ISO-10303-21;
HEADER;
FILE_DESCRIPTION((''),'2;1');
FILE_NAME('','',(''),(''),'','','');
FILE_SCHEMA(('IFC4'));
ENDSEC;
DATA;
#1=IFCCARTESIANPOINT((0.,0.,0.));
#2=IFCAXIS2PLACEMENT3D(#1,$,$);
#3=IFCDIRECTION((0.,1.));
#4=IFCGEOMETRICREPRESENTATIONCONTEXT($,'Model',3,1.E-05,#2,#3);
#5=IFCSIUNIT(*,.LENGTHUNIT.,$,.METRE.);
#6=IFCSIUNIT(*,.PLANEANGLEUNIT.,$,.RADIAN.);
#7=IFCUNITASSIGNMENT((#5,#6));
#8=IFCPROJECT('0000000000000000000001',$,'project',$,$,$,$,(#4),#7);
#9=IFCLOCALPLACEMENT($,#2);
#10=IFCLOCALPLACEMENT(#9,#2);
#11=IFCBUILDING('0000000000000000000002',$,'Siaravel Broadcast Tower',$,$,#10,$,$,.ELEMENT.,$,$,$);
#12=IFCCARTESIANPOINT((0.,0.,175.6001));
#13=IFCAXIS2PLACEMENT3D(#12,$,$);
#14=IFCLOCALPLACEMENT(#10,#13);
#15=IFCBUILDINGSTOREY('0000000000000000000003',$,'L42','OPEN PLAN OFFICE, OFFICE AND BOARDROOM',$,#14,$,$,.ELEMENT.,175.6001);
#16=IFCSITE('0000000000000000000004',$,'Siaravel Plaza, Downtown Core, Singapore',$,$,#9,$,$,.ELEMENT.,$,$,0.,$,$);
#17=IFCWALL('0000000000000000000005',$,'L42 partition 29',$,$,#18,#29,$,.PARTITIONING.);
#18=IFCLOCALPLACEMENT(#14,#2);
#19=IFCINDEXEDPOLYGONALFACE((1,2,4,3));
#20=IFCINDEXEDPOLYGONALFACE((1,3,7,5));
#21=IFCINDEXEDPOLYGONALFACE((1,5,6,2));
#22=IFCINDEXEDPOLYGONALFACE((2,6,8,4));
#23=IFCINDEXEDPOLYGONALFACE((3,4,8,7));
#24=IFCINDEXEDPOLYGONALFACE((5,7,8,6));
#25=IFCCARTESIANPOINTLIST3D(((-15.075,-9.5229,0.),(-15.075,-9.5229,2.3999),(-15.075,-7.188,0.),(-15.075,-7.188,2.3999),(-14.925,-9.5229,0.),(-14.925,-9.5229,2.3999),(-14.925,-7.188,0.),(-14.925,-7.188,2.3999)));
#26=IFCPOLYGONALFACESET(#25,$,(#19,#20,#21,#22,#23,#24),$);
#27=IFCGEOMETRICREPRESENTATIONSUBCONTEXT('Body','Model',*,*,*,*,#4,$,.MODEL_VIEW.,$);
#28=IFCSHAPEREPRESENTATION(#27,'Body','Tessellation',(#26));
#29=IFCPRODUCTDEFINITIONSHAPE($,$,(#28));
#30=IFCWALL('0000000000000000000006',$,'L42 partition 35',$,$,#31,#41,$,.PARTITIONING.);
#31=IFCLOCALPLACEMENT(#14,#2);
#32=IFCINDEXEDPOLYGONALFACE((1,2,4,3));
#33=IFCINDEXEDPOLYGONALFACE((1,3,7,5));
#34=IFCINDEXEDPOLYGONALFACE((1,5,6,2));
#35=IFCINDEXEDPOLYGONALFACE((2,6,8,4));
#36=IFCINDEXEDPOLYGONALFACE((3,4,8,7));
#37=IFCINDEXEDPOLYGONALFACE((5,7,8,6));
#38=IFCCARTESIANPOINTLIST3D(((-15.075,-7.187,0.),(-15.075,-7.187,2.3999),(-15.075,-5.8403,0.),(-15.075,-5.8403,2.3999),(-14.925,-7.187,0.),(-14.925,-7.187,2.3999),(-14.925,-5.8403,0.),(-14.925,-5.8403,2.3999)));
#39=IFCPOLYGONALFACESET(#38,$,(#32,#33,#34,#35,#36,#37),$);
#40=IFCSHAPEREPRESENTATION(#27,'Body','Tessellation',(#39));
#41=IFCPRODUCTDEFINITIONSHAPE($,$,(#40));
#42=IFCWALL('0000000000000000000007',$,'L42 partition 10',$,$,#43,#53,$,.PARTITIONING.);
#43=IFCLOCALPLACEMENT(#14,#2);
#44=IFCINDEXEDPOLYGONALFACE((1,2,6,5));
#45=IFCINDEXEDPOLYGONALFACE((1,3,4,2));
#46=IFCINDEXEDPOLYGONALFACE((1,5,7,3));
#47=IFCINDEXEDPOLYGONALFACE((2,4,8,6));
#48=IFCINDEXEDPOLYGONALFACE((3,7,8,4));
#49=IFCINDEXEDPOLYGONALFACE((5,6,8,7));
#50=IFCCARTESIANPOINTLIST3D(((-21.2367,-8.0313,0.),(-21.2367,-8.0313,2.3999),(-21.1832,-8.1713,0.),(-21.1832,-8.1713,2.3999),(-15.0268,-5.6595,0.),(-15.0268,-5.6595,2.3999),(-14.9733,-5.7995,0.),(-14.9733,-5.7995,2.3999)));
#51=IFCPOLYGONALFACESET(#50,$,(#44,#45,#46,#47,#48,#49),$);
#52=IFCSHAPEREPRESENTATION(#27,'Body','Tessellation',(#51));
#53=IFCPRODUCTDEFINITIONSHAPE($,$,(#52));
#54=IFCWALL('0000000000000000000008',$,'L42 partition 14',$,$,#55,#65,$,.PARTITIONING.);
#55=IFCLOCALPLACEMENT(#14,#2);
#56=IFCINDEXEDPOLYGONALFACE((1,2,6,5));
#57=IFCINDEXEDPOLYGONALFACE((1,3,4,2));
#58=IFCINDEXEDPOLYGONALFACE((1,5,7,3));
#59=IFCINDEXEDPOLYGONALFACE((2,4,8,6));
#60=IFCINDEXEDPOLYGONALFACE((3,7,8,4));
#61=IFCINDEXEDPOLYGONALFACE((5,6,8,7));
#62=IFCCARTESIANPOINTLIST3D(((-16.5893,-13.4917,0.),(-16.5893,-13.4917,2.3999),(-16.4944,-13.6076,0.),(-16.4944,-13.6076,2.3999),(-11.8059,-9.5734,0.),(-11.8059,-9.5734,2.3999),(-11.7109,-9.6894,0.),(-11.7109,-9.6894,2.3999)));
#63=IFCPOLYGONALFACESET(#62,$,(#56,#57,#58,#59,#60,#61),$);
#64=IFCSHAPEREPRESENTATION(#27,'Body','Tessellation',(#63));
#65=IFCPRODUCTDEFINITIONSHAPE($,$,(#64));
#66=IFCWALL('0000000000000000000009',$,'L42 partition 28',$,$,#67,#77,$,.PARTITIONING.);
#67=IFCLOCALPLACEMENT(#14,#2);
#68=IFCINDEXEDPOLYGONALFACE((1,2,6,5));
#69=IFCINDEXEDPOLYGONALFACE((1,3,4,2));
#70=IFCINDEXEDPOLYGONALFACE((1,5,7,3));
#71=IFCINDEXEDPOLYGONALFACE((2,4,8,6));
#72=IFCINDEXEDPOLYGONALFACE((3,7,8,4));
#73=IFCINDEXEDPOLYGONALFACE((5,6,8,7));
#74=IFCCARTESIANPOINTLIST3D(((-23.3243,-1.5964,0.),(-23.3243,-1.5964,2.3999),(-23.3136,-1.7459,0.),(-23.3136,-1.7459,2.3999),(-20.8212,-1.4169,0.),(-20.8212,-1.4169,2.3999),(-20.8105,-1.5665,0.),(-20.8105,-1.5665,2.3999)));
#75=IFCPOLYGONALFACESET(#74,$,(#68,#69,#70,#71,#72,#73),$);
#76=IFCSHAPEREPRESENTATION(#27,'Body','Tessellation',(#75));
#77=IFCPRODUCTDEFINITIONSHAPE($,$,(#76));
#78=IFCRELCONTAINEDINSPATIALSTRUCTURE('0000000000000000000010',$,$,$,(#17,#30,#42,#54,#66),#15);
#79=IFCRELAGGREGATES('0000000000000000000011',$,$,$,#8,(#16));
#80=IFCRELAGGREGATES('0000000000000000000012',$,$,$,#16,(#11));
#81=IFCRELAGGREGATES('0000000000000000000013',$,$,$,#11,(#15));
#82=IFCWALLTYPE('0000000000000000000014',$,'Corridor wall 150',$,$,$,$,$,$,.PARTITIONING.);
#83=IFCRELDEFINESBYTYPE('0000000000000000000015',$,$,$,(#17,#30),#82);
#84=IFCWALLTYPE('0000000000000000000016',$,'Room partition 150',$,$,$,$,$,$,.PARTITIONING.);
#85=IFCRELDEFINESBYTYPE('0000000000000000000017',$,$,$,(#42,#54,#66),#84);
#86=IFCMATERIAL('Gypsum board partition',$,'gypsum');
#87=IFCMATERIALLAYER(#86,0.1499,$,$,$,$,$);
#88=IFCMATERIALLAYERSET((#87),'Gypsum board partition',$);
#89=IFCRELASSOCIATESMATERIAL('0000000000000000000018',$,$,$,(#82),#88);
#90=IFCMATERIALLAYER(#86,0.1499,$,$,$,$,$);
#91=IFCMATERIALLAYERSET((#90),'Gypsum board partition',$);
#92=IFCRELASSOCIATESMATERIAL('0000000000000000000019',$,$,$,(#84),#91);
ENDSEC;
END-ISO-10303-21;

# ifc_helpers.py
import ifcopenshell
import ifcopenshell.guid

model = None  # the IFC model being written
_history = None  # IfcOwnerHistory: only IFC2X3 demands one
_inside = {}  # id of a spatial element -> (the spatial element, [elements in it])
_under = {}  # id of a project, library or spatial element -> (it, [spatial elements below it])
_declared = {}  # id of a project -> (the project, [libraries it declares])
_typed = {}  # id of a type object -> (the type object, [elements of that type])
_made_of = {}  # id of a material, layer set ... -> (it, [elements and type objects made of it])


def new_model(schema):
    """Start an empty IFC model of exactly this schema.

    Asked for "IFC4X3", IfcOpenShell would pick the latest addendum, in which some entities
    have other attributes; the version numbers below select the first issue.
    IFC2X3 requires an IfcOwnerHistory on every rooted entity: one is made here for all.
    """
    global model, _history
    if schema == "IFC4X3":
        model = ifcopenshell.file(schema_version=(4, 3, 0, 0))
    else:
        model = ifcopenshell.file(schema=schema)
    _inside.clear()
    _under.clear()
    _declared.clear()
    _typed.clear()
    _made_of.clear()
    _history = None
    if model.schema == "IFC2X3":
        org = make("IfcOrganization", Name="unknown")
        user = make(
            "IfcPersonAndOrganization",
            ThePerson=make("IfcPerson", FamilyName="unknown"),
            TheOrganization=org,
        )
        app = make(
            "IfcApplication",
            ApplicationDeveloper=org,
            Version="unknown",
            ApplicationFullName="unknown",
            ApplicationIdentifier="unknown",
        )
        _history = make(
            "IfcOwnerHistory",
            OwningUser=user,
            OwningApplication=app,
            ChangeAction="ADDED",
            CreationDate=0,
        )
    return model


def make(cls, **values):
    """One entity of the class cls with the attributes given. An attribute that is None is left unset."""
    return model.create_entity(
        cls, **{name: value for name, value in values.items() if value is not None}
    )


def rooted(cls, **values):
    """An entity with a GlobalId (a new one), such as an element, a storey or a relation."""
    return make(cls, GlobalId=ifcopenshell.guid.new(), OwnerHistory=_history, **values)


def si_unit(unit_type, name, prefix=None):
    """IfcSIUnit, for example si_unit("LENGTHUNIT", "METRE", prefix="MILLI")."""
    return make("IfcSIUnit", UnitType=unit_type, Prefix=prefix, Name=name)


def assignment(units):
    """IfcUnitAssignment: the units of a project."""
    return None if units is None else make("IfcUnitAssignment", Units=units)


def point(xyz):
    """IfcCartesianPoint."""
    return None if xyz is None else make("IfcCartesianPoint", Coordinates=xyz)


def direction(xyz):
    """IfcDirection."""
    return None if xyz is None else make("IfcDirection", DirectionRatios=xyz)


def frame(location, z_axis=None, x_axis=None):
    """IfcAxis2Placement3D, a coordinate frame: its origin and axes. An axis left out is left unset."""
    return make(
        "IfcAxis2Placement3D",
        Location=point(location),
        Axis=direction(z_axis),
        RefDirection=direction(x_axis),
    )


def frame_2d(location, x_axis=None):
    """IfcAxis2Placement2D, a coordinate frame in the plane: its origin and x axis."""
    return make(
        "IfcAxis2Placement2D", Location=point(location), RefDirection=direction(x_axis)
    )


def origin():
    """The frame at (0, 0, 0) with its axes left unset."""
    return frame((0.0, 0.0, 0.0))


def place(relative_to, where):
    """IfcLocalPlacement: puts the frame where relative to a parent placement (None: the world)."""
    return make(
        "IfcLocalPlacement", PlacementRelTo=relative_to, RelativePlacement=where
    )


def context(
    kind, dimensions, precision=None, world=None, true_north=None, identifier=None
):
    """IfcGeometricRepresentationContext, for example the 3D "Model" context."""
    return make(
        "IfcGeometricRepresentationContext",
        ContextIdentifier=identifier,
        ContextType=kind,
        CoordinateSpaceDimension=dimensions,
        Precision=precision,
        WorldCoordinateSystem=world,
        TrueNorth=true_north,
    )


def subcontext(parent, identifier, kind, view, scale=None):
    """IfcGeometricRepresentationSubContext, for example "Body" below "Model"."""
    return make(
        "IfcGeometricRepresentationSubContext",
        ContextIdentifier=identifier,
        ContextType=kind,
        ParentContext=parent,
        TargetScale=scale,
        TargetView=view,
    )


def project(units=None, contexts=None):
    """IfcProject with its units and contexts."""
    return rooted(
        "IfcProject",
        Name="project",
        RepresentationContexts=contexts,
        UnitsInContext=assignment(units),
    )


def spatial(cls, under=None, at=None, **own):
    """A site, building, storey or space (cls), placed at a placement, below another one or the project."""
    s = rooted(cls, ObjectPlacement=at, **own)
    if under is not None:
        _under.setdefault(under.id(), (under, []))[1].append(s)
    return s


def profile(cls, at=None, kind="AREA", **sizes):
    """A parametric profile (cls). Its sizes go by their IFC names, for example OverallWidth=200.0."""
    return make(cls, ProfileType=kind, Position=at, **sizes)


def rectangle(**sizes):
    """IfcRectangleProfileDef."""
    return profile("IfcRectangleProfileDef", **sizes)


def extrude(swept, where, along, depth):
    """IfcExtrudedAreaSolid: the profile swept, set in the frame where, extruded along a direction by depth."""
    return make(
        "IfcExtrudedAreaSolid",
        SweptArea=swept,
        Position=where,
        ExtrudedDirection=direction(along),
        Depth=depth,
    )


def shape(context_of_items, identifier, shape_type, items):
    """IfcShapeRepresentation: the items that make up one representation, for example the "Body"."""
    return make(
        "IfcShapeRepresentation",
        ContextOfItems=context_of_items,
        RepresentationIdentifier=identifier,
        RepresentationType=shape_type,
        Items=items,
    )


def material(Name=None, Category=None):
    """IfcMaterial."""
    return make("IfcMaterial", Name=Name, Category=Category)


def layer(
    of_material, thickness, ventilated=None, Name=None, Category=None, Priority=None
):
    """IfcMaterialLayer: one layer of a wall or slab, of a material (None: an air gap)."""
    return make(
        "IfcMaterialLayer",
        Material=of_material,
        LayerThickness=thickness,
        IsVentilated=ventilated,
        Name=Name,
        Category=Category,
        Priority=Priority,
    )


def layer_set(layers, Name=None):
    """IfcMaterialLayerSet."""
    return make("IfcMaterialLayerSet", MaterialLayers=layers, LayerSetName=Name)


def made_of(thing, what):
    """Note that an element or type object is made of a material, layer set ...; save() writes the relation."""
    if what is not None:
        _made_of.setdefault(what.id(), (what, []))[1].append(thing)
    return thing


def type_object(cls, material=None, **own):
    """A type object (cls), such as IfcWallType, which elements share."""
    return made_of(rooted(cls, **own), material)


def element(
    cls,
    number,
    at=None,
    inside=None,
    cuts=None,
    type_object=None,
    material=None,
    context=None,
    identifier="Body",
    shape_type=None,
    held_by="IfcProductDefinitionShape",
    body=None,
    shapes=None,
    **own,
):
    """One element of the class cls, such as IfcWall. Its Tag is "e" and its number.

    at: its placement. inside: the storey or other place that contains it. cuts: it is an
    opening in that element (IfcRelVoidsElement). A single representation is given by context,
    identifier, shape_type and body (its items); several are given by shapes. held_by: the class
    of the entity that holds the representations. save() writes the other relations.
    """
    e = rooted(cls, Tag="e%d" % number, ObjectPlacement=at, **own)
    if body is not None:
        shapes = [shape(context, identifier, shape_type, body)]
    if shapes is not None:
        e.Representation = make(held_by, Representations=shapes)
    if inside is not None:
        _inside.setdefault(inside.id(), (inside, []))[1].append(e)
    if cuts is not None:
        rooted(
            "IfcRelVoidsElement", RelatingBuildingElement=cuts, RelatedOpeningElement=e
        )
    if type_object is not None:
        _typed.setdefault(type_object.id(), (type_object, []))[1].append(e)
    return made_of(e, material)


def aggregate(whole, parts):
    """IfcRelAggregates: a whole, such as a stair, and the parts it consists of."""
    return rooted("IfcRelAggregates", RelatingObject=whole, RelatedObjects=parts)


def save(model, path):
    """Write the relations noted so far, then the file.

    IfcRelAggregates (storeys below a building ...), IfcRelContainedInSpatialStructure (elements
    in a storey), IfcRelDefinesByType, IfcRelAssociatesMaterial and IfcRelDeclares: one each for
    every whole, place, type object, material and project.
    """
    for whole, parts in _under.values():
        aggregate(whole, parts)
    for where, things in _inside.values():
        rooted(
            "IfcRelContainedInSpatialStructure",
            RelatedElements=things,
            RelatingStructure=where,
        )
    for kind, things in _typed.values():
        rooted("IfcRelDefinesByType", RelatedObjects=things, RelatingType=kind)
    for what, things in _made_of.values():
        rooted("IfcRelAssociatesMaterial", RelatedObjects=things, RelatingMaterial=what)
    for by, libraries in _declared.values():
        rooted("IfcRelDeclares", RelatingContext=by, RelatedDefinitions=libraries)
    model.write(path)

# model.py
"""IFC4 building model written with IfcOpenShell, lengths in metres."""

from ifc_helpers import new_model, si_unit, direction, frame, frame_2d, origin, place, context, subcontext, project, spatial, rectangle, extrude, material, layer, layer_set, type_object, element, save


model = new_model("IFC4")

# Units and contexts
model_context = context("Model", 3, precision=1e-05, world=origin(), true_north=direction((0.0, 1.0)))
body_context = subcontext(model_context, "Body", "Model", "MODEL_VIEW")
ifc_project = project(units=[si_unit("LENGTHUNIT", "METRE"), si_unit("PLANEANGLEUNIT", "RADIAN")], contexts=[model_context])

# Site, building, storey
site_placement = place(None, origin())
site = spatial("IfcSite", under=ifc_project, at=site_placement, Name="Siaravel Plaza, Downtown Core, Singapore", CompositionType="ELEMENT", RefElevation=0.0)
building_placement = place(site_placement, origin())
building = spatial("IfcBuilding", under=site, at=building_placement, Name="Siaravel Broadcast Tower", CompositionType="ELEMENT")
storey_placement = place(building_placement, frame((0.0, 0.0, 175.6001)))
storey = spatial("IfcBuildingStorey", under=building, at=storey_placement, Name="L42", Description="OPEN PLAN OFFICE, OFFICE AND BOARDROOM", CompositionType="ELEMENT", Elevation=175.6001)

# Shared definitions
ifc_material_1 = material(Name="Gypsum board partition", Category="gypsum")
ifc_layer_1 = layer(ifc_material_1, 0.1499)
ifc_layer_set_1 = layer_set([ifc_layer_1], Name="Gypsum board partition")
wall_type_1 = type_object("IfcWallType", Name="Corridor wall 150", PredefinedType="PARTITIONING", material=ifc_layer_set_1)

# Walls
wall_1_placement = place(storey_placement, frame((-15.0, -7.188, 0.0), z_axis=(0.0, 0.0, 1.0), x_axis=(0.0, -1.0, 0.0)))
element("IfcWall", 1, at=wall_1_placement, inside=storey, type_object=wall_type_1, Name="L42 partition 29", PredefinedType="PARTITIONING", context=body_context, shape_type="SweptSolid", body=[
    extrude(rectangle(XDim=2.335, YDim=0.1499, at=frame_2d((1.1675, 0.0))), origin(), (0.0, 0.0, 1.0), 2.3999),
])
wall_2_placement = place(storey_placement, frame((-15.0, -5.8403, 0.0), z_axis=(0.0, 0.0, 1.0), x_axis=(0.0, -1.0, 0.0)))
element("IfcWall", 2, at=wall_2_placement, inside=storey, type_object=wall_type_1, Name="L42 partition 35", PredefinedType="PARTITIONING", context=body_context, shape_type="SweptSolid", body=[
    extrude(rectangle(XDim=1.3467, YDim=0.1499, at=frame_2d((0.6733, 0.0))), origin(), (0.0, 0.0, 1.0), 2.3999),
])
ifc_layer_2 = layer(ifc_material_1, 0.1499)
ifc_layer_set_2 = layer_set([ifc_layer_2], Name="Gypsum board partition")
wall_type_2 = type_object("IfcWallType", Name="Room partition 150", PredefinedType="PARTITIONING", material=ifc_layer_set_2)
wall_3_placement = place(storey_placement, frame((-21.21, -8.1013, 0.0), z_axis=(0.0, 0.0, 1.0), x_axis=(0.934181, 0.3568, 0.0)))
element("IfcWall", 3, at=wall_3_placement, inside=storey, type_object=wall_type_2, Name="L42 partition 10", PredefinedType="PARTITIONING", context=body_context, shape_type="SweptSolid", body=[
    extrude(rectangle(XDim=6.6475, YDim=0.1499, at=frame_2d((3.3237, 0.0))), origin(), (0.0, 0.0, 1.0), 2.3999),
])
wall_4_placement = place(storey_placement, frame((-11.7583, -9.6313, 0.0), z_axis=(0.0, 0.0, 1.0), x_axis=(-0.773602, -0.633672, 0.0)))
element("IfcWall", 4, at=wall_4_placement, inside=storey, type_object=wall_type_2, Name="L42 partition 14", PredefinedType="PARTITIONING", context=body_context, shape_type="SweptSolid", body=[
    extrude(rectangle(XDim=6.1833, YDim=0.1499, at=frame_2d((3.0918, 0.0))), origin(), (0.0, 0.0, 1.0), 2.3999),
])
wall_5_placement = place(storey_placement, frame((-23.3191, -1.6711, 0.0), z_axis=(0.0, 0.0, 1.0), x_axis=(0.99744, 0.071503, 0.0)))
element("IfcWall", 5, at=wall_5_placement, inside=storey, type_object=wall_type_2, Name="L42 partition 28", PredefinedType="PARTITIONING", context=body_context, shape_type="SweptSolid", body=[
    extrude(rectangle(XDim=2.5095, YDim=0.1499, at=frame_2d((1.2549, 0.0))), origin(), (0.0, 0.0, 1.0), 2.3999),
])

save(model, "model.ifc")
